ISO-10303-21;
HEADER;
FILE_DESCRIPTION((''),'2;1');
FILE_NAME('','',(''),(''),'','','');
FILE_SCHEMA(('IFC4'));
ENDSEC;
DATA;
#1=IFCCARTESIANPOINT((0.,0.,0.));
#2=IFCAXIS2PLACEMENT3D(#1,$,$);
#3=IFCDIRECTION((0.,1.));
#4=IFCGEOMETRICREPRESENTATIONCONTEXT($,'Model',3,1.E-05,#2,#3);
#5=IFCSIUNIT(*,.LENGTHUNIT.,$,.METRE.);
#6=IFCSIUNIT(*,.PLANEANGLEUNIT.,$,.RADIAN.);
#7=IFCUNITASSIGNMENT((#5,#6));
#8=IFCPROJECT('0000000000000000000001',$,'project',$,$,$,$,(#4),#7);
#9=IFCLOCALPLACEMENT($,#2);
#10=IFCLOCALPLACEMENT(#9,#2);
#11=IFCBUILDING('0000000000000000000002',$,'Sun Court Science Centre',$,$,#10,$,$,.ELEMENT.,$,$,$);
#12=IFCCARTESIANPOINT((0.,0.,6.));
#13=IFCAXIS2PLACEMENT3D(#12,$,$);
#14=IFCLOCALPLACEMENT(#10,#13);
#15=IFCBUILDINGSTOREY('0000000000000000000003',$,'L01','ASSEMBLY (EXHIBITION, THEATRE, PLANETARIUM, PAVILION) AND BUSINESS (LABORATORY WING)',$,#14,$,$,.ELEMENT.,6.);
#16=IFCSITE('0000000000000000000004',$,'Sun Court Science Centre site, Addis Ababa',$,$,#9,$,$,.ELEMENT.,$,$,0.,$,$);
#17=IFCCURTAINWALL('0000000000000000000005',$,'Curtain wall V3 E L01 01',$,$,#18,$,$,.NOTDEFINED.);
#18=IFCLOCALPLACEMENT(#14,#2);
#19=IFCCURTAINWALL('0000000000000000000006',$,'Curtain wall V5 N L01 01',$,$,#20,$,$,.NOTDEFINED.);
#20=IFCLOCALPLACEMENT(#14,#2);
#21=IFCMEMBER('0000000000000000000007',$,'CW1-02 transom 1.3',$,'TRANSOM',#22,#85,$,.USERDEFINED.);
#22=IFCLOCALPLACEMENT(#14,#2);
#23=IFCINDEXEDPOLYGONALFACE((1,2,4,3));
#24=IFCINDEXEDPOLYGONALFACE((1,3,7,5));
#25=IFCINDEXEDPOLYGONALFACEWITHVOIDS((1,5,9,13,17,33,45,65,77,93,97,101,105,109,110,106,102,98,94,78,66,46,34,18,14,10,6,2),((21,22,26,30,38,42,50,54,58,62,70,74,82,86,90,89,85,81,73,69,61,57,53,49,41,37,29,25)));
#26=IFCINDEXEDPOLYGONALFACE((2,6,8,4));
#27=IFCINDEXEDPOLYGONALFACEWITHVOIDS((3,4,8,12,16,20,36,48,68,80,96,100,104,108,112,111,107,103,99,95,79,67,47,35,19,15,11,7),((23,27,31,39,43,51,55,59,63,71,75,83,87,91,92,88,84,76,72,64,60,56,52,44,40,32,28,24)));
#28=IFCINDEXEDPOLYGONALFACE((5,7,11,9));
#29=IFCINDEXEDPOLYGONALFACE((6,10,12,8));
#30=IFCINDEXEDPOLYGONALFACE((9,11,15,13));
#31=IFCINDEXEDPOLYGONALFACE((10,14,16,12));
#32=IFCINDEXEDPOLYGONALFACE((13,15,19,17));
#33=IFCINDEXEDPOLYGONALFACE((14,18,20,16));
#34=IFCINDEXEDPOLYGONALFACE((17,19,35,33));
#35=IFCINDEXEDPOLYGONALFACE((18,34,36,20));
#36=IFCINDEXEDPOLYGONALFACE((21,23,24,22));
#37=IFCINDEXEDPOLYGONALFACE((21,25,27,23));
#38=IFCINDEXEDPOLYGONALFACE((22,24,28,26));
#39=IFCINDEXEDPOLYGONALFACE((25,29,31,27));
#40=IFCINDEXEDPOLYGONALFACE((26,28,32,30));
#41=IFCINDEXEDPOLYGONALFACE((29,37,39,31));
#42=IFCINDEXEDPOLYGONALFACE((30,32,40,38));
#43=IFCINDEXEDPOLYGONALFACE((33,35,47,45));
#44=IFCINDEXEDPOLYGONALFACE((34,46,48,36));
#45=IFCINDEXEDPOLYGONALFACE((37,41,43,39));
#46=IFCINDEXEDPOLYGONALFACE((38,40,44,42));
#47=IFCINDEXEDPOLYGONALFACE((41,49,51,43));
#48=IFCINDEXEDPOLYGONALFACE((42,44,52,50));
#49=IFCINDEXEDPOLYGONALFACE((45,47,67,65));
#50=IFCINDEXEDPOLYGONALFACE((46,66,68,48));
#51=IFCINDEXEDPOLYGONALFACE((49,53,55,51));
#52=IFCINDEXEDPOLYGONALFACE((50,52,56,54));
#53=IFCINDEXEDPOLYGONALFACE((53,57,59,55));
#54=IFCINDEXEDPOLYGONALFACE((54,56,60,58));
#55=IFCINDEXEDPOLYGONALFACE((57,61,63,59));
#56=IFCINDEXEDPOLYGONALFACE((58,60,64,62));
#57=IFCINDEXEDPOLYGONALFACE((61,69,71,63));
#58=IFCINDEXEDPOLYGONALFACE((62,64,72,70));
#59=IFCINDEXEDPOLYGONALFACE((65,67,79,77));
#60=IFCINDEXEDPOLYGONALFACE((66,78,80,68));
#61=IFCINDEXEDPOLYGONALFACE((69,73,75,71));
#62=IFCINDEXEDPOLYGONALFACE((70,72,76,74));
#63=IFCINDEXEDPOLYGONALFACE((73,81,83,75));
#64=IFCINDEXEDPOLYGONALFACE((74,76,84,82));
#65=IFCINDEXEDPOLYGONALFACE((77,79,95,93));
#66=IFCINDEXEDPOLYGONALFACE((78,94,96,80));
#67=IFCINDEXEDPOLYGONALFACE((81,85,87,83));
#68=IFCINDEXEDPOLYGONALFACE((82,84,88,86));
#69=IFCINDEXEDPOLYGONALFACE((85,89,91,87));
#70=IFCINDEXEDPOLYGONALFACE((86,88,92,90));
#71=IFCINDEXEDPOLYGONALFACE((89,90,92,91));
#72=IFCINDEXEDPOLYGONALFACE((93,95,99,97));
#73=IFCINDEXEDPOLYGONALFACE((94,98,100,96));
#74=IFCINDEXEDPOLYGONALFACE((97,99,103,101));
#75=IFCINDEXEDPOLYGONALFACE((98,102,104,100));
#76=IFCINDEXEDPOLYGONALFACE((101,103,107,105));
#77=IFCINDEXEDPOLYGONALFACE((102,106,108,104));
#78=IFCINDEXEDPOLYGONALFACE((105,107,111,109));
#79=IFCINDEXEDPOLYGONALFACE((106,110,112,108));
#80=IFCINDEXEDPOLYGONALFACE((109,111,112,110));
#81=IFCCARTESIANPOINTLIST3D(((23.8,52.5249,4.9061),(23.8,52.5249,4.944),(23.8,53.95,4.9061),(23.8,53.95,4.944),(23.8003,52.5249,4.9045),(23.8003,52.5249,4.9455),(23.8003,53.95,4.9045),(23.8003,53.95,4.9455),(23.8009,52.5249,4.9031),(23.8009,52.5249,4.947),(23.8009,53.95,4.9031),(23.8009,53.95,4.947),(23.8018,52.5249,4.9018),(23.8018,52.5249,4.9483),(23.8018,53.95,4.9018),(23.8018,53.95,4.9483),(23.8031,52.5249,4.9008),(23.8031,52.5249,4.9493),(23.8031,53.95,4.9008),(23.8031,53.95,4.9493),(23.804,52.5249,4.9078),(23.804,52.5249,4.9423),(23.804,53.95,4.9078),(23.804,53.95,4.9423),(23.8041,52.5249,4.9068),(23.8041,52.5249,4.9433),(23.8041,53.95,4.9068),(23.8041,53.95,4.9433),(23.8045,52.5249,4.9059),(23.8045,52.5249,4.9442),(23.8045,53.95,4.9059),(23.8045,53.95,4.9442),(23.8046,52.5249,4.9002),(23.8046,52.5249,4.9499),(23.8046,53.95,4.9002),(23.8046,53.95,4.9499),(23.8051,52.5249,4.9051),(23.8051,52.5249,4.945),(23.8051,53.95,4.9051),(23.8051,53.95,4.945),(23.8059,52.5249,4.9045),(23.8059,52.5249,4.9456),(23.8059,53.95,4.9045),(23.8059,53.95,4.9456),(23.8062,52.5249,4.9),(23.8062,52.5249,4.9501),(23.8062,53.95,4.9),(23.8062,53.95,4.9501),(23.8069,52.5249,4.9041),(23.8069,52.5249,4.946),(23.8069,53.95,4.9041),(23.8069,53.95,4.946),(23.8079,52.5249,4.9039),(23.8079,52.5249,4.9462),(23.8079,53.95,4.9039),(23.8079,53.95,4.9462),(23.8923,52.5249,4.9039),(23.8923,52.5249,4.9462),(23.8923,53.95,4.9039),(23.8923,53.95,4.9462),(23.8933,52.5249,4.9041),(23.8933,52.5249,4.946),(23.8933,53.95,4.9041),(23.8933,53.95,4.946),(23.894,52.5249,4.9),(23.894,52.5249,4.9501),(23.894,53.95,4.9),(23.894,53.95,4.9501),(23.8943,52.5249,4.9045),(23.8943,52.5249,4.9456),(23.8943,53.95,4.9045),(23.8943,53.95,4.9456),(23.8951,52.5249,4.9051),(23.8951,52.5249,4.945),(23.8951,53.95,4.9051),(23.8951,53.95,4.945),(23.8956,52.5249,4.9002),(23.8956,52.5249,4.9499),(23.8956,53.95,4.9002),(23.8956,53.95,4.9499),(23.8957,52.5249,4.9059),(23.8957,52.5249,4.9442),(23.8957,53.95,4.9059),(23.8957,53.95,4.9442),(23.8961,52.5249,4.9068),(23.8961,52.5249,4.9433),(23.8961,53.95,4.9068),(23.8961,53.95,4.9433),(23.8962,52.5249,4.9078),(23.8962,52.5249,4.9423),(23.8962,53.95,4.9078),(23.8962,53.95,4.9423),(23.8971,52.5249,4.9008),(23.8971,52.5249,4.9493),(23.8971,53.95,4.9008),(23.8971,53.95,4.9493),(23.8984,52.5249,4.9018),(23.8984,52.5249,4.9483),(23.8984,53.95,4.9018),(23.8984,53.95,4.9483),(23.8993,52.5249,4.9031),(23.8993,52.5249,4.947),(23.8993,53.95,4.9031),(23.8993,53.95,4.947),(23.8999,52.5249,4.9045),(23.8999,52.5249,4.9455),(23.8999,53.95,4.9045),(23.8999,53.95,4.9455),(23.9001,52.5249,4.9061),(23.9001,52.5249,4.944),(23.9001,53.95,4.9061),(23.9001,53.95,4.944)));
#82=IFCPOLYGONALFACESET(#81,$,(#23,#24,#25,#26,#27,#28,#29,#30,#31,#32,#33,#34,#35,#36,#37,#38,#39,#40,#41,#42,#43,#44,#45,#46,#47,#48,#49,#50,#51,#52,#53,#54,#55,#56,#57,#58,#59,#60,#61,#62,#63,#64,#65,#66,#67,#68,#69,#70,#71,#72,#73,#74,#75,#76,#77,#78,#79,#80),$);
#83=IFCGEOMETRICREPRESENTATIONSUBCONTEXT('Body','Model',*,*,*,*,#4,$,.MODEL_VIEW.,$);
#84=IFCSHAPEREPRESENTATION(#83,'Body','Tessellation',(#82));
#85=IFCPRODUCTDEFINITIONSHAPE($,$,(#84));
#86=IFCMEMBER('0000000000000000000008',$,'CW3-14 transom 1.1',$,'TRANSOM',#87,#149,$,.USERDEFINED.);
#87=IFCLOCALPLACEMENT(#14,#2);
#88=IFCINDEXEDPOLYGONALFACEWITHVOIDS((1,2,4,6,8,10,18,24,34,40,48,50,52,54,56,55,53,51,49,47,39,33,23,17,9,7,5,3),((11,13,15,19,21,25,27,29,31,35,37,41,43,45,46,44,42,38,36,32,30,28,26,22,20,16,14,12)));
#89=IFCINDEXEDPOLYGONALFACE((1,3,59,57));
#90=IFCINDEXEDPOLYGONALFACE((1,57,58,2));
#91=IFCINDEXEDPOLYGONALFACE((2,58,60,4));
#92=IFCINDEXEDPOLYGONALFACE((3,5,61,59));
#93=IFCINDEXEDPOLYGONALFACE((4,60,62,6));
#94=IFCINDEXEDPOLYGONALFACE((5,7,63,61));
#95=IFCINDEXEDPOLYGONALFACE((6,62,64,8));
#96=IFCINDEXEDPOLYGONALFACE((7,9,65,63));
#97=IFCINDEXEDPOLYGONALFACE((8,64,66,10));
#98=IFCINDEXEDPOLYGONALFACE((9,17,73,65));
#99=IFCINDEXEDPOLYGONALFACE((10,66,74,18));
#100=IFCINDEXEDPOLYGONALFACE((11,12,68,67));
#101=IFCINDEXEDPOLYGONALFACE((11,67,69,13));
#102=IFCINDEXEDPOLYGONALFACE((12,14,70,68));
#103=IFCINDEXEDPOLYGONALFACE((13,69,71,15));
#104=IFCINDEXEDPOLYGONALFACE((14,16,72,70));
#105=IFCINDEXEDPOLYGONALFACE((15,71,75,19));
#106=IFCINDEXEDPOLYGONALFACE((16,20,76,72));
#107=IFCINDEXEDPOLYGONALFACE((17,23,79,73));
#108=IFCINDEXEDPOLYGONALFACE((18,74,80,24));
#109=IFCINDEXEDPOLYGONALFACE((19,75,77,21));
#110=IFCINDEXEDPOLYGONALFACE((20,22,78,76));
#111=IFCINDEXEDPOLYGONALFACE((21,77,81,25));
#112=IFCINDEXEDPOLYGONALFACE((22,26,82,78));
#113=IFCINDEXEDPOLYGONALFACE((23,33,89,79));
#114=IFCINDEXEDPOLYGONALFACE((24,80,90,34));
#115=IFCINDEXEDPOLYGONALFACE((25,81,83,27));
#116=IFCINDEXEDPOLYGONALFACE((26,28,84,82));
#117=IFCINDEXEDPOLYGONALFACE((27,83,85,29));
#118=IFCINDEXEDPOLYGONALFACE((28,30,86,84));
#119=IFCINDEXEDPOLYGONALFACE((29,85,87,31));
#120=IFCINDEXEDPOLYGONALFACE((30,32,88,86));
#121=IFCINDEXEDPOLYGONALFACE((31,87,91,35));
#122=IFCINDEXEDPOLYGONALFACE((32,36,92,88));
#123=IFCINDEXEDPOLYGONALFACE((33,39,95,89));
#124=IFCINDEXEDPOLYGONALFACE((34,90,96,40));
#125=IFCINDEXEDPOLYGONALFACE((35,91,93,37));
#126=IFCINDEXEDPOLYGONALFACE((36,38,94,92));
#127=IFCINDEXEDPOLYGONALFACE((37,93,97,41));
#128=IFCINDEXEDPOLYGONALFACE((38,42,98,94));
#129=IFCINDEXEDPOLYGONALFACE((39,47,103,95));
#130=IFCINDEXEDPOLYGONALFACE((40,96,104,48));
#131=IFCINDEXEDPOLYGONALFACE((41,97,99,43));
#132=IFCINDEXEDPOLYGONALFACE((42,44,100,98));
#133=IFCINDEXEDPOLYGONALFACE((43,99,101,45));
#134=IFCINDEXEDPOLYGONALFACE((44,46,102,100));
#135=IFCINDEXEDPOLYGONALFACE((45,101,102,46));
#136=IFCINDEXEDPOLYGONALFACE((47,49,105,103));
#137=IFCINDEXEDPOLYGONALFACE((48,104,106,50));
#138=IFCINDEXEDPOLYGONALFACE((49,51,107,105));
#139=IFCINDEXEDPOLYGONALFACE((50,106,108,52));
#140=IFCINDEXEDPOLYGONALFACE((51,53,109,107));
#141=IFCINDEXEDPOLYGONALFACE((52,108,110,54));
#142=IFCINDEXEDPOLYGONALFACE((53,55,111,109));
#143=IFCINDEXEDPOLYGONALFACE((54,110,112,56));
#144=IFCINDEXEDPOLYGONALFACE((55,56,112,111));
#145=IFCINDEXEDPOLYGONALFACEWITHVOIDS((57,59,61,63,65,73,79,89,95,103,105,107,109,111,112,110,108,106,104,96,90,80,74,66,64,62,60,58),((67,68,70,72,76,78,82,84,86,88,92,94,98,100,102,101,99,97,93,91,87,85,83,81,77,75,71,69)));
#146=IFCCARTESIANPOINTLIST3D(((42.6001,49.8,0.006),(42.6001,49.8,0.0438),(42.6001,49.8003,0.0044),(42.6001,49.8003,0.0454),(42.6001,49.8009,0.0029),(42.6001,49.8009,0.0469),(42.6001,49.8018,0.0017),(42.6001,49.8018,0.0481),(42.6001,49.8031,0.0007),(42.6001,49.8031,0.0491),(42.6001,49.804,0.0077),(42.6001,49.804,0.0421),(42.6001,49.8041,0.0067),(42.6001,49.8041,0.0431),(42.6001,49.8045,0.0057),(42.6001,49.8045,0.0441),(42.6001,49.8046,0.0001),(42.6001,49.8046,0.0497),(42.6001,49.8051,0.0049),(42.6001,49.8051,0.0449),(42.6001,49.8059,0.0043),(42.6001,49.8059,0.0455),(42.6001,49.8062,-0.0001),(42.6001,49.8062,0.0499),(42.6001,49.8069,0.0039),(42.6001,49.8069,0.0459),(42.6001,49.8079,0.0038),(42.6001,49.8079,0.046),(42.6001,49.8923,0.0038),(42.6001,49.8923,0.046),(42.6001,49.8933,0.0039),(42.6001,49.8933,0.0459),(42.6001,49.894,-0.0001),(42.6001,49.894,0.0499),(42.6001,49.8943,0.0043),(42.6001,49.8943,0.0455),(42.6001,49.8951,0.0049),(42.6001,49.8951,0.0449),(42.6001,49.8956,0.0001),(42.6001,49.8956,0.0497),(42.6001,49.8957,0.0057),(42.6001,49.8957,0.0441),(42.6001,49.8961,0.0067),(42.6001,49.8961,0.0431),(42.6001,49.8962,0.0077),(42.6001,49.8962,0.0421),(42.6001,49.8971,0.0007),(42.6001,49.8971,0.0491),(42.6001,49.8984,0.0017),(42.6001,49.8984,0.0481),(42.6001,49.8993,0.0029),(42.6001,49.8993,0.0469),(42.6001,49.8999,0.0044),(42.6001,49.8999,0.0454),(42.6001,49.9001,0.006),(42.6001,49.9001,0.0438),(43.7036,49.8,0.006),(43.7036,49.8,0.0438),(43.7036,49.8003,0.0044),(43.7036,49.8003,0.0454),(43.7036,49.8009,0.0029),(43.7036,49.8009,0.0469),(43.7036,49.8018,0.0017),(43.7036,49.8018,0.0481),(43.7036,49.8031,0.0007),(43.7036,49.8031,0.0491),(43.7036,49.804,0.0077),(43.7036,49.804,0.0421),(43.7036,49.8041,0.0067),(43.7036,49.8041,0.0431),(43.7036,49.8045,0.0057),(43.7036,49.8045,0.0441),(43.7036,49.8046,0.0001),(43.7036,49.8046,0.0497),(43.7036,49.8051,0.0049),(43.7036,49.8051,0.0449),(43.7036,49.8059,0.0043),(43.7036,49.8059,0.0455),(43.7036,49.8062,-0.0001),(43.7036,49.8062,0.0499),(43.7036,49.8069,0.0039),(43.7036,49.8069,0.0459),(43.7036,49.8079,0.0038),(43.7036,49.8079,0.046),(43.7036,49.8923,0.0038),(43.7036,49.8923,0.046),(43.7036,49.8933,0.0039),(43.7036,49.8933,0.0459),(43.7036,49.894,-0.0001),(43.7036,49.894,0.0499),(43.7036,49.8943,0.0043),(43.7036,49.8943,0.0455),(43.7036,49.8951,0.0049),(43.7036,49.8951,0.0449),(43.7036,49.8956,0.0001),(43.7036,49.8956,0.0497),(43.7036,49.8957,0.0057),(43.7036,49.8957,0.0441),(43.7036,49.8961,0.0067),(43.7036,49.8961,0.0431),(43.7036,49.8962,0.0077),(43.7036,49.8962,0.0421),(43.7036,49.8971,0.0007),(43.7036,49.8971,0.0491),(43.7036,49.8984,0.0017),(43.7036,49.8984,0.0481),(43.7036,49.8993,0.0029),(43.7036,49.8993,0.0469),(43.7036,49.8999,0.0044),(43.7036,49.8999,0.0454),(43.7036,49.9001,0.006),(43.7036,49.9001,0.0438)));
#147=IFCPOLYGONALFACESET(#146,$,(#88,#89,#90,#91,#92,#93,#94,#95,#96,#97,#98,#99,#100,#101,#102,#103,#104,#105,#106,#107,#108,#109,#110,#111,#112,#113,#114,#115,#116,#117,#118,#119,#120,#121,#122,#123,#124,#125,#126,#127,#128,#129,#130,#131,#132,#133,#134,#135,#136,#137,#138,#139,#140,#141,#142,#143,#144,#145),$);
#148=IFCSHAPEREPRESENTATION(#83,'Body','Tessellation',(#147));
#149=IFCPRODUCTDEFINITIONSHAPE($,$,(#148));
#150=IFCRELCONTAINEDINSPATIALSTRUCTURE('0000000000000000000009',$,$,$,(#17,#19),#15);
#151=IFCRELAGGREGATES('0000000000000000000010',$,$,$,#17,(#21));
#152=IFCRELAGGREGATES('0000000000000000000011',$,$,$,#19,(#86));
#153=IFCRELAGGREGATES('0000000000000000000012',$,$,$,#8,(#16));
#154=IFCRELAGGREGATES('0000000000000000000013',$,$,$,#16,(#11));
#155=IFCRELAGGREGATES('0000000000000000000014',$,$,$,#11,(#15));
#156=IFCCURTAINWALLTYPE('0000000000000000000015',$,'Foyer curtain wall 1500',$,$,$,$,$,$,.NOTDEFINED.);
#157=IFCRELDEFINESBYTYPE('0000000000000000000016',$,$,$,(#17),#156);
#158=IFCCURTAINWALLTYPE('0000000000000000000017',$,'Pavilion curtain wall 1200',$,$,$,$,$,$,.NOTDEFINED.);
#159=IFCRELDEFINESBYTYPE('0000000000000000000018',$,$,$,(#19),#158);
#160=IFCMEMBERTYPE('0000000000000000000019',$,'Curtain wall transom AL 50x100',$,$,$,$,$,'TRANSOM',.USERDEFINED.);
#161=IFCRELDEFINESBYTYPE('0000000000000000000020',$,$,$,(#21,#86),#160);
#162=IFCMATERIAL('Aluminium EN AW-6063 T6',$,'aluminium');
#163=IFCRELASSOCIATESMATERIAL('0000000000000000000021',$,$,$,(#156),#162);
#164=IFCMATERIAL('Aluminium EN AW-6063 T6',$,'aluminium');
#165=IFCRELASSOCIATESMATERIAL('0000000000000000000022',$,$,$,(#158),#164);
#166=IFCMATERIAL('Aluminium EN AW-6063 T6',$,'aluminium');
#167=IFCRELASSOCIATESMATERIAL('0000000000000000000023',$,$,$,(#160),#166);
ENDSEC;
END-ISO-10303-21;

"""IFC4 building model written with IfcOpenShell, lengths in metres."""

from ifc_helpers import new_model, si_unit, direction, frame, origin, origin_2d, place, context, subcontext, project, spatial, hollow_rectangle, extrude, material, material_profile, profile_set, type_object, element, aggregate, save


model = new_model("IFC4")

# Units and contexts
model_context = context("Model", 3, precision=1e-05, world=origin(), true_north=direction((0.0, 1.0)))
body_context = subcontext(model_context, "Body", "Model", "MODEL_VIEW")
ifc_project = project(units=[si_unit("LENGTHUNIT", "METRE"), si_unit("PLANEANGLEUNIT", "RADIAN")], contexts=[model_context])

# Site, building, storey
site_placement = place(None, origin())
site = spatial("IfcSite", under=ifc_project, at=site_placement, Name="Sun Court Science Centre site, Addis Ababa", CompositionType="ELEMENT", RefElevation=0.0)
building_placement = place(site_placement, origin())
building = spatial("IfcBuilding", under=site, at=building_placement, Name="Sun Court Science Centre", CompositionType="ELEMENT")
storey_placement = place(building_placement, frame((0.0, 0.0, 6.0)))
storey = spatial("IfcBuildingStorey", under=building, at=storey_placement, Name="L01", Description="ASSEMBLY (EXHIBITION, THEATRE, PLANETARIUM, PAVILION) AND BUSINESS (LABORATORY WING)", CompositionType="ELEMENT", Elevation=6.0)

# Curtain walls
ifc_material_1 = material(Name="Aluminium EN AW-6063 T6", Category="aluminium")
curtain_wall_type_1 = type_object("IfcCurtainWallType", Name="Foyer curtain wall 1500", PredefinedType="NOTDEFINED", material=ifc_material_1)
curtain_wall_1_placement = place(storey_placement, origin())
curtain_wall_1 = element("IfcCurtainWall", 1, at=curtain_wall_1_placement, inside=storey, type_object=curtain_wall_type_1, Name="Curtain wall V3 E L01 01", PredefinedType="NOTDEFINED")
ifc_material_2 = material(Name="Aluminium EN AW-6063 T6", Category="aluminium")
curtain_wall_type_2 = type_object("IfcCurtainWallType", Name="Pavilion curtain wall 1200", PredefinedType="NOTDEFINED", material=ifc_material_2)
curtain_wall_2_placement = place(storey_placement, origin())
curtain_wall_2 = element("IfcCurtainWall", 2, at=curtain_wall_2_placement, inside=storey, type_object=curtain_wall_type_2, Name="Curtain wall V5 N L01 01", PredefinedType="NOTDEFINED")

# Members
ifc_material_3 = material(Name="Aluminium EN AW-6063 T6", Category="aluminium")
ifc_material_profile_1 = material_profile(ifc_material_3, hollow_rectangle(XDim=0.05, YDim=0.1001, WallThickness=0.0039, InnerFilletRadius=0.0039, OuterFilletRadius=0.0061, at=origin_2d()), Name="AL 50x100x4")
ifc_profile_set_1 = profile_set([ifc_material_profile_1], Name="Aluminium EN AW-6063 T6")
member_type_1 = type_object("IfcMemberType", Name="Curtain wall transom AL 50x100", ElementType="TRANSOM", PredefinedType="USERDEFINED", material=ifc_profile_set_1)
member_1_placement = place(storey_placement, frame((23.8501, 53.95, 4.925), z_axis=(0.0, -1.0, 0.0), x_axis=(0.0, 0.0, 1.0)))
member_1 = element("IfcMember", 3, at=member_1_placement, type_object=member_type_1, Name="CW1-02 transom 1.3", ObjectType="TRANSOM", PredefinedType="USERDEFINED", context=body_context, shape_type="SweptSolid", body=[
    extrude(hollow_rectangle(XDim=0.05, YDim=0.1001, WallThickness=0.0039, InnerFilletRadius=0.0039, OuterFilletRadius=0.0061, at=origin_2d()), origin(), (0.0, 0.0, 1.0), 1.425),
])
member_2_placement = place(storey_placement, frame((42.6001, 49.8501, 0.0249), z_axis=(1.0, 0.0, 0.0), x_axis=(0.0, 0.0, 1.0)))
member_2 = element("IfcMember", 4, at=member_2_placement, type_object=member_type_1, Name="CW3-14 transom 1.1", ObjectType="TRANSOM", PredefinedType="USERDEFINED", context=body_context, shape_type="SweptSolid", body=[
    extrude(hollow_rectangle(XDim=0.05, YDim=0.1001, WallThickness=0.0039, InnerFilletRadius=0.0039, OuterFilletRadius=0.0061, at=origin_2d()), origin(), (0.0, 0.0, 1.0), 1.1035),
])

aggregate(curtain_wall_1, [member_1])
aggregate(curtain_wall_2, [member_2])

save(model, "model.ifc")
